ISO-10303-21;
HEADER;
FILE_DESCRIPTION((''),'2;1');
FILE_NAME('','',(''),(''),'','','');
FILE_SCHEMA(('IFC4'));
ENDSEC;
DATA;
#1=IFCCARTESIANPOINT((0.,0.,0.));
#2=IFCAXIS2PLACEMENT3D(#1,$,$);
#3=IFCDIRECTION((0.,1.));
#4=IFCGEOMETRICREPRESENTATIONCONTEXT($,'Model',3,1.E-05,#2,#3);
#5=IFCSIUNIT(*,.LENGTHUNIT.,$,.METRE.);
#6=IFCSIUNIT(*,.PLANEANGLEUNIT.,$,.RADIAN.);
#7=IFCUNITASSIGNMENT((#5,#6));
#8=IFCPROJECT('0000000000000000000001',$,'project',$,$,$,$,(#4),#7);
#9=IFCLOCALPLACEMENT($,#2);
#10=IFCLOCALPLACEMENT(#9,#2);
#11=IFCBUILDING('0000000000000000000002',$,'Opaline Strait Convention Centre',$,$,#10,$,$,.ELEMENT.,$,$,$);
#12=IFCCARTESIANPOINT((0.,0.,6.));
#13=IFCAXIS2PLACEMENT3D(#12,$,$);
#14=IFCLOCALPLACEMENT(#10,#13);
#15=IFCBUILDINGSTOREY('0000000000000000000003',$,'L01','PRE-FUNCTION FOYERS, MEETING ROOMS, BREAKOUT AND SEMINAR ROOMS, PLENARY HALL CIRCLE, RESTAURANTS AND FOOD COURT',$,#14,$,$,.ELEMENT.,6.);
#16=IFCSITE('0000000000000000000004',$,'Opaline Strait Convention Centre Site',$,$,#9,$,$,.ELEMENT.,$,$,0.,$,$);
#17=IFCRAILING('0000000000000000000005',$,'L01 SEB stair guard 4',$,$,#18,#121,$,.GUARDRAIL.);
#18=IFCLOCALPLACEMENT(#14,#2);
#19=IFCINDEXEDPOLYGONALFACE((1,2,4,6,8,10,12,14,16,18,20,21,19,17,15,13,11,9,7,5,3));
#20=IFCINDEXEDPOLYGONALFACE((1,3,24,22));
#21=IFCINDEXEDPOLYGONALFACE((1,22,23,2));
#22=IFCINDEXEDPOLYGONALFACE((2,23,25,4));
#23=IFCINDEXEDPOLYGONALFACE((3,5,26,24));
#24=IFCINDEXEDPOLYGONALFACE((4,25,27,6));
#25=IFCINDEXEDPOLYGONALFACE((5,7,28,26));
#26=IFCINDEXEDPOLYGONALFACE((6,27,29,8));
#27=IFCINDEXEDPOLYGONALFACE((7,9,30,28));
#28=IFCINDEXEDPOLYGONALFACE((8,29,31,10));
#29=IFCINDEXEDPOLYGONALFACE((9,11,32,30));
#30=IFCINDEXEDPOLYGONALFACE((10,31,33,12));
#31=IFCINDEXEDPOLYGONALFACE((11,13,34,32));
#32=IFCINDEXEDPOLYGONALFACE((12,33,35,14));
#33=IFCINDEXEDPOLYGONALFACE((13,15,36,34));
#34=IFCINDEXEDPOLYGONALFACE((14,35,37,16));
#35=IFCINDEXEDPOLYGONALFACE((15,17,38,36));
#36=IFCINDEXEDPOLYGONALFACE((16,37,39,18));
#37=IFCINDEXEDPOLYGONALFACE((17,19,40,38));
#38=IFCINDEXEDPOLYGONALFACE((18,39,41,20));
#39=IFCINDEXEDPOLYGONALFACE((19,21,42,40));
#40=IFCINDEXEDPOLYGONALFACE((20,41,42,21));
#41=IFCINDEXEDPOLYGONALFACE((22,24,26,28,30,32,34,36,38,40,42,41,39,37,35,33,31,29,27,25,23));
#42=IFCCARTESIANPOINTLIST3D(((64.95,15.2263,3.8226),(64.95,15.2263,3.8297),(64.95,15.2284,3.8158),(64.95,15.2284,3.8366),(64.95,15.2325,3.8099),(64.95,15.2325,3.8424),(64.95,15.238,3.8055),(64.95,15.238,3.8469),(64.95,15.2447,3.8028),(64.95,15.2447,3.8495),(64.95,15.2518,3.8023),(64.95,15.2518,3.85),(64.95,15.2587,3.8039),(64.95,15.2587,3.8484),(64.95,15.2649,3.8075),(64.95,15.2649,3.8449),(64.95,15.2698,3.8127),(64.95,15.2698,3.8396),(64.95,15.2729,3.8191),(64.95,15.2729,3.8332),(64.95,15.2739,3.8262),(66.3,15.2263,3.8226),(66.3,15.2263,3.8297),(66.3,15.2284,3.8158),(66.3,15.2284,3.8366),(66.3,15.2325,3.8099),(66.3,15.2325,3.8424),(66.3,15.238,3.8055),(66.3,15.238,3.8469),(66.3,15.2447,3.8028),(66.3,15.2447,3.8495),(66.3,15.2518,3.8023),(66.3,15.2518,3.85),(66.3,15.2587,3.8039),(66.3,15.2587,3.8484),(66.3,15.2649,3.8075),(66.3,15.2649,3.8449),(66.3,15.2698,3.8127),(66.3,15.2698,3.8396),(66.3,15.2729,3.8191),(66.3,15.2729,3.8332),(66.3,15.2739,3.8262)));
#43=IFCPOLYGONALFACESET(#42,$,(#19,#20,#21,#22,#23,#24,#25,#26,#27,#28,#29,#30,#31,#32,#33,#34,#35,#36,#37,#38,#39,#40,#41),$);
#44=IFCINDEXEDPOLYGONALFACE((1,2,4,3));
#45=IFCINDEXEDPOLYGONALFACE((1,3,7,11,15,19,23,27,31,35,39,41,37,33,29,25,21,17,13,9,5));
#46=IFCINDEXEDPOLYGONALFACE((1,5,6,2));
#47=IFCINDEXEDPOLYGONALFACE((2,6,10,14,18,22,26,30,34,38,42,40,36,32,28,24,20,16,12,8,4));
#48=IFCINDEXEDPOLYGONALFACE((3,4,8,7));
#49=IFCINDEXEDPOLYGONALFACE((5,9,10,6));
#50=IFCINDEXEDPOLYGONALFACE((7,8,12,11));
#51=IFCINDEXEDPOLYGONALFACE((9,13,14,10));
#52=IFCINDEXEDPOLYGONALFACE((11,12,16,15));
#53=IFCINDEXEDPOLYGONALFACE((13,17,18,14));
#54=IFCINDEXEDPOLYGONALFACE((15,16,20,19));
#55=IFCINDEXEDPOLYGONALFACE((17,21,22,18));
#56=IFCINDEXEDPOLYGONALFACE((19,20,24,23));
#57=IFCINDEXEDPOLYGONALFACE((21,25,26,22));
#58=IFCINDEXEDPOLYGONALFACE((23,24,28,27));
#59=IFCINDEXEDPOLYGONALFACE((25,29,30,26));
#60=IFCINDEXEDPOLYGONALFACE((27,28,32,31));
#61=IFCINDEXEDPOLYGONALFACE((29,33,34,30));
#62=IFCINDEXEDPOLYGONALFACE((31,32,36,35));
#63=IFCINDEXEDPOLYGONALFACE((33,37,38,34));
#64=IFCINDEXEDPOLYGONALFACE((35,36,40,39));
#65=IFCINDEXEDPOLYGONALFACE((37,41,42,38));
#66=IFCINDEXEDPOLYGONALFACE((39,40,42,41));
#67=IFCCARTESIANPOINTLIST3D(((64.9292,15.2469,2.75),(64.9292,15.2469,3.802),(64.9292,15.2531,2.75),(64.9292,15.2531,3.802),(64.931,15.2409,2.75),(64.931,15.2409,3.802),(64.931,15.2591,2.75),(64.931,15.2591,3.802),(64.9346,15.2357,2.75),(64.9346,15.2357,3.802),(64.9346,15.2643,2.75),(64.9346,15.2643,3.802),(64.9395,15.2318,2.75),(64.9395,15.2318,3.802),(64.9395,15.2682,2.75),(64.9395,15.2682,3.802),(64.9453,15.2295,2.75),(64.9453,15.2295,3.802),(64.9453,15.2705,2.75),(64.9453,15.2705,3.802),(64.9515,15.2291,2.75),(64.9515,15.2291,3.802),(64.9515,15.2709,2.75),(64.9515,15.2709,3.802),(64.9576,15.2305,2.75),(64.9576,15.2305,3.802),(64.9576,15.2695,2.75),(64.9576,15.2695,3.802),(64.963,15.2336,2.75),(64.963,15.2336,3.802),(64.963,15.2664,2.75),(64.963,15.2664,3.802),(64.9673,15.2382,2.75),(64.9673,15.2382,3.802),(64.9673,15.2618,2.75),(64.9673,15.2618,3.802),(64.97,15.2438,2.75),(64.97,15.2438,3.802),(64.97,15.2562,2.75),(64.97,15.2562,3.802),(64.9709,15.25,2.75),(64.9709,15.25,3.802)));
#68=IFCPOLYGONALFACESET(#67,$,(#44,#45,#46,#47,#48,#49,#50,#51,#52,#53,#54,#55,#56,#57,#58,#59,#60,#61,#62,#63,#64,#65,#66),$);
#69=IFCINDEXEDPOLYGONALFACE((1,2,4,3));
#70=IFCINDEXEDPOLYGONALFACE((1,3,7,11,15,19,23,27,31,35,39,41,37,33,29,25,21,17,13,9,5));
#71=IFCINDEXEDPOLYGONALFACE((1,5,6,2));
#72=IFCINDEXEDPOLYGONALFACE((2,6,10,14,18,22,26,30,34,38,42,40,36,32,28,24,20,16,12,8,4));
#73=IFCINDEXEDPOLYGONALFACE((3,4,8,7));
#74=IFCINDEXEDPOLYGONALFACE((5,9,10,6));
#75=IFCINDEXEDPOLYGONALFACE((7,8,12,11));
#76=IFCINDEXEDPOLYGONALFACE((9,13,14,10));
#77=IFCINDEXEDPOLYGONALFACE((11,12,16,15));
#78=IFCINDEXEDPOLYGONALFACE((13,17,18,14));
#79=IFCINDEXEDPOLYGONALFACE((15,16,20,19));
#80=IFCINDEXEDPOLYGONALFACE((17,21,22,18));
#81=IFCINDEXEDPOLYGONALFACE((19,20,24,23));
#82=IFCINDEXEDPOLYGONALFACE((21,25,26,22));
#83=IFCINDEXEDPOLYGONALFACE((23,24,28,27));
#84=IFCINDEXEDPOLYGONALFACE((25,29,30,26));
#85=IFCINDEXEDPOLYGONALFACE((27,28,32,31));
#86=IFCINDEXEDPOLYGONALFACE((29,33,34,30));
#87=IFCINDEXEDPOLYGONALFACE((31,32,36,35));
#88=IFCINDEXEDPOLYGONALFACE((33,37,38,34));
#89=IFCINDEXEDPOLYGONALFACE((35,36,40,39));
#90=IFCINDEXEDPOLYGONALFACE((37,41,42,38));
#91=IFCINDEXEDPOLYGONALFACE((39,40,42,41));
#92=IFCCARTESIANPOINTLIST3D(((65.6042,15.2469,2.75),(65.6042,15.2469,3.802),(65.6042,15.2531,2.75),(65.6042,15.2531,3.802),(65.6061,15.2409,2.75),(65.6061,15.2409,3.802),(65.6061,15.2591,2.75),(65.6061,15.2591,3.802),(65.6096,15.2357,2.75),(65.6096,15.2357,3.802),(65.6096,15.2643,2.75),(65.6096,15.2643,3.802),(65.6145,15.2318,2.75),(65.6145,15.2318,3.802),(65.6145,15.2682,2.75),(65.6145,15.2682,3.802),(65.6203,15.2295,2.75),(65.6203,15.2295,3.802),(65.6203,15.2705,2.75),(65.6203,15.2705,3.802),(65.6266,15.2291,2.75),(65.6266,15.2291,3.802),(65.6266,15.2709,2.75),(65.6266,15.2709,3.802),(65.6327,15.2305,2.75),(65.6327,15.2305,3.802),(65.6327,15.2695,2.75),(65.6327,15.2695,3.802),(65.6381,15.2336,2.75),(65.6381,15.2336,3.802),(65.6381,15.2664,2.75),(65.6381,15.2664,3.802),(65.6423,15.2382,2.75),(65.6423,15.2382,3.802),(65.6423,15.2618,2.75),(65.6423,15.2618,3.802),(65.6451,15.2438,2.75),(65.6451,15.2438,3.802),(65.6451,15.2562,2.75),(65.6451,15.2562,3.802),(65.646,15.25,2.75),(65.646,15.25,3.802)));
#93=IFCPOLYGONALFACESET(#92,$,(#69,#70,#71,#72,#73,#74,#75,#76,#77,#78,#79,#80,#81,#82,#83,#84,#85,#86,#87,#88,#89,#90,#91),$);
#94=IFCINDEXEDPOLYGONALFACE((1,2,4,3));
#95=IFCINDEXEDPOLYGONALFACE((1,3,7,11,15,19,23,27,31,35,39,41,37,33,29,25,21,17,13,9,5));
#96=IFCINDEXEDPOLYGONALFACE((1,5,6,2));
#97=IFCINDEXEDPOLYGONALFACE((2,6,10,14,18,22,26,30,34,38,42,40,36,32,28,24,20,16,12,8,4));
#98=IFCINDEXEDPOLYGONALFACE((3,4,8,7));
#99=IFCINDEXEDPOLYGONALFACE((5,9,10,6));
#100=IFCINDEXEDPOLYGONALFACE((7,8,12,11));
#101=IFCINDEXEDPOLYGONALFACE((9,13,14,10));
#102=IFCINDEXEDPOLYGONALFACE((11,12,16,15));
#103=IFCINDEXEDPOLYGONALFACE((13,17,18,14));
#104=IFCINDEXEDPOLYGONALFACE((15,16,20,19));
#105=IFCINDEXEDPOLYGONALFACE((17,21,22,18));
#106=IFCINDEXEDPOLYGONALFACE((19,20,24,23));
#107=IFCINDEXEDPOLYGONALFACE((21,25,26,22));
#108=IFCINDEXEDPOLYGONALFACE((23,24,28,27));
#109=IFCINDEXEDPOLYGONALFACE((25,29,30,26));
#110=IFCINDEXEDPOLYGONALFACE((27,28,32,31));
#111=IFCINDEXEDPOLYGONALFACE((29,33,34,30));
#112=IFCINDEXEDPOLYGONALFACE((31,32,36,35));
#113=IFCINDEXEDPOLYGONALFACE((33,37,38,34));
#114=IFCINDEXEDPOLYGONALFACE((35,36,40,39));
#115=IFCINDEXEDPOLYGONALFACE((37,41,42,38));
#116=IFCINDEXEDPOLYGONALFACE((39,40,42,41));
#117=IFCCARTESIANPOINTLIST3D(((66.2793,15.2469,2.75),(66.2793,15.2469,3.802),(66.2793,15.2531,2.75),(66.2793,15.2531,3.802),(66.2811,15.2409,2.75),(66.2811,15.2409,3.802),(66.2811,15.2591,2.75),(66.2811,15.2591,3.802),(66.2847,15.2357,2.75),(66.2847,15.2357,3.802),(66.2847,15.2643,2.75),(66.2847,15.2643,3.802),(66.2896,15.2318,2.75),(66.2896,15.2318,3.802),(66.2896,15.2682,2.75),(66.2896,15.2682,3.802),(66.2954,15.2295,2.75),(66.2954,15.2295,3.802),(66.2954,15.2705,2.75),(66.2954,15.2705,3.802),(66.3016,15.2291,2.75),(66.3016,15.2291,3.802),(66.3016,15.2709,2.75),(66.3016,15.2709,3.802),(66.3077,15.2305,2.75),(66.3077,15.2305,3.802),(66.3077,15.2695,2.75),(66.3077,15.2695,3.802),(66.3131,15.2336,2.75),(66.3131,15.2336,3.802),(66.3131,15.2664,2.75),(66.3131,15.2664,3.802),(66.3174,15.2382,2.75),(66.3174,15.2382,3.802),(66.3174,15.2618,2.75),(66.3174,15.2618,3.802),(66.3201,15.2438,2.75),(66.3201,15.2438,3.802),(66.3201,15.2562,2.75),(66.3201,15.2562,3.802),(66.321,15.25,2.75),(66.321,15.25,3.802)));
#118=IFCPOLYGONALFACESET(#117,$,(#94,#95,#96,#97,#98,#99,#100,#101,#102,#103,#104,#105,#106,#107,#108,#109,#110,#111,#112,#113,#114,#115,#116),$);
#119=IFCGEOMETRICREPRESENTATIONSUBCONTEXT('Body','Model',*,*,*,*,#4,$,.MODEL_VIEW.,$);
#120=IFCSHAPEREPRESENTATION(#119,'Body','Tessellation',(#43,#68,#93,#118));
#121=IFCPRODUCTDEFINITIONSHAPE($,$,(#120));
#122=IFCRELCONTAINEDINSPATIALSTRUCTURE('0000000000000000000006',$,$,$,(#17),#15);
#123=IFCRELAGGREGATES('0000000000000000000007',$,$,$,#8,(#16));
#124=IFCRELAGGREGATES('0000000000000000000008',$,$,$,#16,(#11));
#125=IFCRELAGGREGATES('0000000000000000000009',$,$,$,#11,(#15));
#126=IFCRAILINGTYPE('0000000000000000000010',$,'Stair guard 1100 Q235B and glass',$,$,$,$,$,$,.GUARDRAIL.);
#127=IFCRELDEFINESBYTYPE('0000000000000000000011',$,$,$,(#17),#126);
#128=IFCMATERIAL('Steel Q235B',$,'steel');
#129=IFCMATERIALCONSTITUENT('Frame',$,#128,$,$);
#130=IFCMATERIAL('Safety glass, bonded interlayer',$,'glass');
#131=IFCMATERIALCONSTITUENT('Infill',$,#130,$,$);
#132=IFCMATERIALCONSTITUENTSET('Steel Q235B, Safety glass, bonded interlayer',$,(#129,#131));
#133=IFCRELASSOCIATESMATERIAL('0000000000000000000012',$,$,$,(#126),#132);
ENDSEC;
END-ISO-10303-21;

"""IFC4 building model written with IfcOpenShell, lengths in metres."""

from ifc_helpers import new_model, si_unit, direction, frame, origin, origin_2d, place, context, subcontext, project, spatial, circle, extrude, material, constituent, constituent_set, type_object, element, save


model = new_model("IFC4")

# Units and contexts
model_context = context("Model", 3, precision=1e-05, world=origin(), true_north=direction((0.0, 1.0)))
body_context = subcontext(model_context, "Body", "Model", "MODEL_VIEW")
ifc_project = project(units=[si_unit("LENGTHUNIT", "METRE"), si_unit("PLANEANGLEUNIT", "RADIAN")], contexts=[model_context])

# Site, building, storey
site_placement = place(None, origin())
site = spatial("IfcSite", under=ifc_project, at=site_placement, Name="Opaline Strait Convention Centre Site", CompositionType="ELEMENT", RefElevation=0.0)
building_placement = place(site_placement, origin())
building = spatial("IfcBuilding", under=site, at=building_placement, Name="Opaline Strait Convention Centre", CompositionType="ELEMENT")
storey_placement = place(building_placement, frame((0.0, 0.0, 6.0)))
storey = spatial("IfcBuildingStorey", under=building, at=storey_placement, Name="L01", Description="PRE-FUNCTION FOYERS, MEETING ROOMS, BREAKOUT AND SEMINAR ROOMS, PLENARY HALL CIRCLE, RESTAURANTS AND FOOD COURT", CompositionType="ELEMENT", Elevation=6.0)

# Railing
ifc_material_1 = material(Name="Steel Q235B", Category="steel")
ifc_constituent_1 = constituent(ifc_material_1, Name="Frame")
ifc_material_2 = material(Name="Safety glass, bonded interlayer", Category="glass")
ifc_constituent_2 = constituent(ifc_material_2, Name="Infill")
ifc_constituent_set = constituent_set(constituents=[ifc_constituent_1, ifc_constituent_2], Name="Steel Q235B, Safety glass, bonded interlayer")
railing_type_1 = type_object("IfcRailingType", Name="Stair guard 1100 Q235B and glass", PredefinedType="GUARDRAIL", material=ifc_constituent_set)
railing_1_placement = place(storey_placement, frame((64.95, 15.25, 2.75)))
element("IfcRailing", 1, at=railing_1_placement, inside=storey, type_object=railing_type_1, Name="L01 SEB stair guard 4", PredefinedType="GUARDRAIL", context=body_context, shape_type="SweptSolid", body=[
    extrude(circle(Radius=0.0239, at=origin_2d()), frame((0.0, 0.0, 1.0762), z_axis=(1.0, 0.0, 0.0), x_axis=(0.0, 1.0, 0.0)), (0.0, 0.0, 1.0), 1.3501),
    extrude(circle(Radius=0.021, at=origin_2d()), origin(), (0.0, 0.0, 1.0), 1.052),
    extrude(circle(Radius=0.021, at=origin_2d()), frame((0.675, 0.0, 0.0)), (0.0, 0.0, 1.0), 1.052),
    extrude(circle(Radius=0.021, at=origin_2d()), frame((1.3501, 0.0, 0.0)), (0.0, 0.0, 1.0), 1.052),
])

save(model, "model.ifc")
